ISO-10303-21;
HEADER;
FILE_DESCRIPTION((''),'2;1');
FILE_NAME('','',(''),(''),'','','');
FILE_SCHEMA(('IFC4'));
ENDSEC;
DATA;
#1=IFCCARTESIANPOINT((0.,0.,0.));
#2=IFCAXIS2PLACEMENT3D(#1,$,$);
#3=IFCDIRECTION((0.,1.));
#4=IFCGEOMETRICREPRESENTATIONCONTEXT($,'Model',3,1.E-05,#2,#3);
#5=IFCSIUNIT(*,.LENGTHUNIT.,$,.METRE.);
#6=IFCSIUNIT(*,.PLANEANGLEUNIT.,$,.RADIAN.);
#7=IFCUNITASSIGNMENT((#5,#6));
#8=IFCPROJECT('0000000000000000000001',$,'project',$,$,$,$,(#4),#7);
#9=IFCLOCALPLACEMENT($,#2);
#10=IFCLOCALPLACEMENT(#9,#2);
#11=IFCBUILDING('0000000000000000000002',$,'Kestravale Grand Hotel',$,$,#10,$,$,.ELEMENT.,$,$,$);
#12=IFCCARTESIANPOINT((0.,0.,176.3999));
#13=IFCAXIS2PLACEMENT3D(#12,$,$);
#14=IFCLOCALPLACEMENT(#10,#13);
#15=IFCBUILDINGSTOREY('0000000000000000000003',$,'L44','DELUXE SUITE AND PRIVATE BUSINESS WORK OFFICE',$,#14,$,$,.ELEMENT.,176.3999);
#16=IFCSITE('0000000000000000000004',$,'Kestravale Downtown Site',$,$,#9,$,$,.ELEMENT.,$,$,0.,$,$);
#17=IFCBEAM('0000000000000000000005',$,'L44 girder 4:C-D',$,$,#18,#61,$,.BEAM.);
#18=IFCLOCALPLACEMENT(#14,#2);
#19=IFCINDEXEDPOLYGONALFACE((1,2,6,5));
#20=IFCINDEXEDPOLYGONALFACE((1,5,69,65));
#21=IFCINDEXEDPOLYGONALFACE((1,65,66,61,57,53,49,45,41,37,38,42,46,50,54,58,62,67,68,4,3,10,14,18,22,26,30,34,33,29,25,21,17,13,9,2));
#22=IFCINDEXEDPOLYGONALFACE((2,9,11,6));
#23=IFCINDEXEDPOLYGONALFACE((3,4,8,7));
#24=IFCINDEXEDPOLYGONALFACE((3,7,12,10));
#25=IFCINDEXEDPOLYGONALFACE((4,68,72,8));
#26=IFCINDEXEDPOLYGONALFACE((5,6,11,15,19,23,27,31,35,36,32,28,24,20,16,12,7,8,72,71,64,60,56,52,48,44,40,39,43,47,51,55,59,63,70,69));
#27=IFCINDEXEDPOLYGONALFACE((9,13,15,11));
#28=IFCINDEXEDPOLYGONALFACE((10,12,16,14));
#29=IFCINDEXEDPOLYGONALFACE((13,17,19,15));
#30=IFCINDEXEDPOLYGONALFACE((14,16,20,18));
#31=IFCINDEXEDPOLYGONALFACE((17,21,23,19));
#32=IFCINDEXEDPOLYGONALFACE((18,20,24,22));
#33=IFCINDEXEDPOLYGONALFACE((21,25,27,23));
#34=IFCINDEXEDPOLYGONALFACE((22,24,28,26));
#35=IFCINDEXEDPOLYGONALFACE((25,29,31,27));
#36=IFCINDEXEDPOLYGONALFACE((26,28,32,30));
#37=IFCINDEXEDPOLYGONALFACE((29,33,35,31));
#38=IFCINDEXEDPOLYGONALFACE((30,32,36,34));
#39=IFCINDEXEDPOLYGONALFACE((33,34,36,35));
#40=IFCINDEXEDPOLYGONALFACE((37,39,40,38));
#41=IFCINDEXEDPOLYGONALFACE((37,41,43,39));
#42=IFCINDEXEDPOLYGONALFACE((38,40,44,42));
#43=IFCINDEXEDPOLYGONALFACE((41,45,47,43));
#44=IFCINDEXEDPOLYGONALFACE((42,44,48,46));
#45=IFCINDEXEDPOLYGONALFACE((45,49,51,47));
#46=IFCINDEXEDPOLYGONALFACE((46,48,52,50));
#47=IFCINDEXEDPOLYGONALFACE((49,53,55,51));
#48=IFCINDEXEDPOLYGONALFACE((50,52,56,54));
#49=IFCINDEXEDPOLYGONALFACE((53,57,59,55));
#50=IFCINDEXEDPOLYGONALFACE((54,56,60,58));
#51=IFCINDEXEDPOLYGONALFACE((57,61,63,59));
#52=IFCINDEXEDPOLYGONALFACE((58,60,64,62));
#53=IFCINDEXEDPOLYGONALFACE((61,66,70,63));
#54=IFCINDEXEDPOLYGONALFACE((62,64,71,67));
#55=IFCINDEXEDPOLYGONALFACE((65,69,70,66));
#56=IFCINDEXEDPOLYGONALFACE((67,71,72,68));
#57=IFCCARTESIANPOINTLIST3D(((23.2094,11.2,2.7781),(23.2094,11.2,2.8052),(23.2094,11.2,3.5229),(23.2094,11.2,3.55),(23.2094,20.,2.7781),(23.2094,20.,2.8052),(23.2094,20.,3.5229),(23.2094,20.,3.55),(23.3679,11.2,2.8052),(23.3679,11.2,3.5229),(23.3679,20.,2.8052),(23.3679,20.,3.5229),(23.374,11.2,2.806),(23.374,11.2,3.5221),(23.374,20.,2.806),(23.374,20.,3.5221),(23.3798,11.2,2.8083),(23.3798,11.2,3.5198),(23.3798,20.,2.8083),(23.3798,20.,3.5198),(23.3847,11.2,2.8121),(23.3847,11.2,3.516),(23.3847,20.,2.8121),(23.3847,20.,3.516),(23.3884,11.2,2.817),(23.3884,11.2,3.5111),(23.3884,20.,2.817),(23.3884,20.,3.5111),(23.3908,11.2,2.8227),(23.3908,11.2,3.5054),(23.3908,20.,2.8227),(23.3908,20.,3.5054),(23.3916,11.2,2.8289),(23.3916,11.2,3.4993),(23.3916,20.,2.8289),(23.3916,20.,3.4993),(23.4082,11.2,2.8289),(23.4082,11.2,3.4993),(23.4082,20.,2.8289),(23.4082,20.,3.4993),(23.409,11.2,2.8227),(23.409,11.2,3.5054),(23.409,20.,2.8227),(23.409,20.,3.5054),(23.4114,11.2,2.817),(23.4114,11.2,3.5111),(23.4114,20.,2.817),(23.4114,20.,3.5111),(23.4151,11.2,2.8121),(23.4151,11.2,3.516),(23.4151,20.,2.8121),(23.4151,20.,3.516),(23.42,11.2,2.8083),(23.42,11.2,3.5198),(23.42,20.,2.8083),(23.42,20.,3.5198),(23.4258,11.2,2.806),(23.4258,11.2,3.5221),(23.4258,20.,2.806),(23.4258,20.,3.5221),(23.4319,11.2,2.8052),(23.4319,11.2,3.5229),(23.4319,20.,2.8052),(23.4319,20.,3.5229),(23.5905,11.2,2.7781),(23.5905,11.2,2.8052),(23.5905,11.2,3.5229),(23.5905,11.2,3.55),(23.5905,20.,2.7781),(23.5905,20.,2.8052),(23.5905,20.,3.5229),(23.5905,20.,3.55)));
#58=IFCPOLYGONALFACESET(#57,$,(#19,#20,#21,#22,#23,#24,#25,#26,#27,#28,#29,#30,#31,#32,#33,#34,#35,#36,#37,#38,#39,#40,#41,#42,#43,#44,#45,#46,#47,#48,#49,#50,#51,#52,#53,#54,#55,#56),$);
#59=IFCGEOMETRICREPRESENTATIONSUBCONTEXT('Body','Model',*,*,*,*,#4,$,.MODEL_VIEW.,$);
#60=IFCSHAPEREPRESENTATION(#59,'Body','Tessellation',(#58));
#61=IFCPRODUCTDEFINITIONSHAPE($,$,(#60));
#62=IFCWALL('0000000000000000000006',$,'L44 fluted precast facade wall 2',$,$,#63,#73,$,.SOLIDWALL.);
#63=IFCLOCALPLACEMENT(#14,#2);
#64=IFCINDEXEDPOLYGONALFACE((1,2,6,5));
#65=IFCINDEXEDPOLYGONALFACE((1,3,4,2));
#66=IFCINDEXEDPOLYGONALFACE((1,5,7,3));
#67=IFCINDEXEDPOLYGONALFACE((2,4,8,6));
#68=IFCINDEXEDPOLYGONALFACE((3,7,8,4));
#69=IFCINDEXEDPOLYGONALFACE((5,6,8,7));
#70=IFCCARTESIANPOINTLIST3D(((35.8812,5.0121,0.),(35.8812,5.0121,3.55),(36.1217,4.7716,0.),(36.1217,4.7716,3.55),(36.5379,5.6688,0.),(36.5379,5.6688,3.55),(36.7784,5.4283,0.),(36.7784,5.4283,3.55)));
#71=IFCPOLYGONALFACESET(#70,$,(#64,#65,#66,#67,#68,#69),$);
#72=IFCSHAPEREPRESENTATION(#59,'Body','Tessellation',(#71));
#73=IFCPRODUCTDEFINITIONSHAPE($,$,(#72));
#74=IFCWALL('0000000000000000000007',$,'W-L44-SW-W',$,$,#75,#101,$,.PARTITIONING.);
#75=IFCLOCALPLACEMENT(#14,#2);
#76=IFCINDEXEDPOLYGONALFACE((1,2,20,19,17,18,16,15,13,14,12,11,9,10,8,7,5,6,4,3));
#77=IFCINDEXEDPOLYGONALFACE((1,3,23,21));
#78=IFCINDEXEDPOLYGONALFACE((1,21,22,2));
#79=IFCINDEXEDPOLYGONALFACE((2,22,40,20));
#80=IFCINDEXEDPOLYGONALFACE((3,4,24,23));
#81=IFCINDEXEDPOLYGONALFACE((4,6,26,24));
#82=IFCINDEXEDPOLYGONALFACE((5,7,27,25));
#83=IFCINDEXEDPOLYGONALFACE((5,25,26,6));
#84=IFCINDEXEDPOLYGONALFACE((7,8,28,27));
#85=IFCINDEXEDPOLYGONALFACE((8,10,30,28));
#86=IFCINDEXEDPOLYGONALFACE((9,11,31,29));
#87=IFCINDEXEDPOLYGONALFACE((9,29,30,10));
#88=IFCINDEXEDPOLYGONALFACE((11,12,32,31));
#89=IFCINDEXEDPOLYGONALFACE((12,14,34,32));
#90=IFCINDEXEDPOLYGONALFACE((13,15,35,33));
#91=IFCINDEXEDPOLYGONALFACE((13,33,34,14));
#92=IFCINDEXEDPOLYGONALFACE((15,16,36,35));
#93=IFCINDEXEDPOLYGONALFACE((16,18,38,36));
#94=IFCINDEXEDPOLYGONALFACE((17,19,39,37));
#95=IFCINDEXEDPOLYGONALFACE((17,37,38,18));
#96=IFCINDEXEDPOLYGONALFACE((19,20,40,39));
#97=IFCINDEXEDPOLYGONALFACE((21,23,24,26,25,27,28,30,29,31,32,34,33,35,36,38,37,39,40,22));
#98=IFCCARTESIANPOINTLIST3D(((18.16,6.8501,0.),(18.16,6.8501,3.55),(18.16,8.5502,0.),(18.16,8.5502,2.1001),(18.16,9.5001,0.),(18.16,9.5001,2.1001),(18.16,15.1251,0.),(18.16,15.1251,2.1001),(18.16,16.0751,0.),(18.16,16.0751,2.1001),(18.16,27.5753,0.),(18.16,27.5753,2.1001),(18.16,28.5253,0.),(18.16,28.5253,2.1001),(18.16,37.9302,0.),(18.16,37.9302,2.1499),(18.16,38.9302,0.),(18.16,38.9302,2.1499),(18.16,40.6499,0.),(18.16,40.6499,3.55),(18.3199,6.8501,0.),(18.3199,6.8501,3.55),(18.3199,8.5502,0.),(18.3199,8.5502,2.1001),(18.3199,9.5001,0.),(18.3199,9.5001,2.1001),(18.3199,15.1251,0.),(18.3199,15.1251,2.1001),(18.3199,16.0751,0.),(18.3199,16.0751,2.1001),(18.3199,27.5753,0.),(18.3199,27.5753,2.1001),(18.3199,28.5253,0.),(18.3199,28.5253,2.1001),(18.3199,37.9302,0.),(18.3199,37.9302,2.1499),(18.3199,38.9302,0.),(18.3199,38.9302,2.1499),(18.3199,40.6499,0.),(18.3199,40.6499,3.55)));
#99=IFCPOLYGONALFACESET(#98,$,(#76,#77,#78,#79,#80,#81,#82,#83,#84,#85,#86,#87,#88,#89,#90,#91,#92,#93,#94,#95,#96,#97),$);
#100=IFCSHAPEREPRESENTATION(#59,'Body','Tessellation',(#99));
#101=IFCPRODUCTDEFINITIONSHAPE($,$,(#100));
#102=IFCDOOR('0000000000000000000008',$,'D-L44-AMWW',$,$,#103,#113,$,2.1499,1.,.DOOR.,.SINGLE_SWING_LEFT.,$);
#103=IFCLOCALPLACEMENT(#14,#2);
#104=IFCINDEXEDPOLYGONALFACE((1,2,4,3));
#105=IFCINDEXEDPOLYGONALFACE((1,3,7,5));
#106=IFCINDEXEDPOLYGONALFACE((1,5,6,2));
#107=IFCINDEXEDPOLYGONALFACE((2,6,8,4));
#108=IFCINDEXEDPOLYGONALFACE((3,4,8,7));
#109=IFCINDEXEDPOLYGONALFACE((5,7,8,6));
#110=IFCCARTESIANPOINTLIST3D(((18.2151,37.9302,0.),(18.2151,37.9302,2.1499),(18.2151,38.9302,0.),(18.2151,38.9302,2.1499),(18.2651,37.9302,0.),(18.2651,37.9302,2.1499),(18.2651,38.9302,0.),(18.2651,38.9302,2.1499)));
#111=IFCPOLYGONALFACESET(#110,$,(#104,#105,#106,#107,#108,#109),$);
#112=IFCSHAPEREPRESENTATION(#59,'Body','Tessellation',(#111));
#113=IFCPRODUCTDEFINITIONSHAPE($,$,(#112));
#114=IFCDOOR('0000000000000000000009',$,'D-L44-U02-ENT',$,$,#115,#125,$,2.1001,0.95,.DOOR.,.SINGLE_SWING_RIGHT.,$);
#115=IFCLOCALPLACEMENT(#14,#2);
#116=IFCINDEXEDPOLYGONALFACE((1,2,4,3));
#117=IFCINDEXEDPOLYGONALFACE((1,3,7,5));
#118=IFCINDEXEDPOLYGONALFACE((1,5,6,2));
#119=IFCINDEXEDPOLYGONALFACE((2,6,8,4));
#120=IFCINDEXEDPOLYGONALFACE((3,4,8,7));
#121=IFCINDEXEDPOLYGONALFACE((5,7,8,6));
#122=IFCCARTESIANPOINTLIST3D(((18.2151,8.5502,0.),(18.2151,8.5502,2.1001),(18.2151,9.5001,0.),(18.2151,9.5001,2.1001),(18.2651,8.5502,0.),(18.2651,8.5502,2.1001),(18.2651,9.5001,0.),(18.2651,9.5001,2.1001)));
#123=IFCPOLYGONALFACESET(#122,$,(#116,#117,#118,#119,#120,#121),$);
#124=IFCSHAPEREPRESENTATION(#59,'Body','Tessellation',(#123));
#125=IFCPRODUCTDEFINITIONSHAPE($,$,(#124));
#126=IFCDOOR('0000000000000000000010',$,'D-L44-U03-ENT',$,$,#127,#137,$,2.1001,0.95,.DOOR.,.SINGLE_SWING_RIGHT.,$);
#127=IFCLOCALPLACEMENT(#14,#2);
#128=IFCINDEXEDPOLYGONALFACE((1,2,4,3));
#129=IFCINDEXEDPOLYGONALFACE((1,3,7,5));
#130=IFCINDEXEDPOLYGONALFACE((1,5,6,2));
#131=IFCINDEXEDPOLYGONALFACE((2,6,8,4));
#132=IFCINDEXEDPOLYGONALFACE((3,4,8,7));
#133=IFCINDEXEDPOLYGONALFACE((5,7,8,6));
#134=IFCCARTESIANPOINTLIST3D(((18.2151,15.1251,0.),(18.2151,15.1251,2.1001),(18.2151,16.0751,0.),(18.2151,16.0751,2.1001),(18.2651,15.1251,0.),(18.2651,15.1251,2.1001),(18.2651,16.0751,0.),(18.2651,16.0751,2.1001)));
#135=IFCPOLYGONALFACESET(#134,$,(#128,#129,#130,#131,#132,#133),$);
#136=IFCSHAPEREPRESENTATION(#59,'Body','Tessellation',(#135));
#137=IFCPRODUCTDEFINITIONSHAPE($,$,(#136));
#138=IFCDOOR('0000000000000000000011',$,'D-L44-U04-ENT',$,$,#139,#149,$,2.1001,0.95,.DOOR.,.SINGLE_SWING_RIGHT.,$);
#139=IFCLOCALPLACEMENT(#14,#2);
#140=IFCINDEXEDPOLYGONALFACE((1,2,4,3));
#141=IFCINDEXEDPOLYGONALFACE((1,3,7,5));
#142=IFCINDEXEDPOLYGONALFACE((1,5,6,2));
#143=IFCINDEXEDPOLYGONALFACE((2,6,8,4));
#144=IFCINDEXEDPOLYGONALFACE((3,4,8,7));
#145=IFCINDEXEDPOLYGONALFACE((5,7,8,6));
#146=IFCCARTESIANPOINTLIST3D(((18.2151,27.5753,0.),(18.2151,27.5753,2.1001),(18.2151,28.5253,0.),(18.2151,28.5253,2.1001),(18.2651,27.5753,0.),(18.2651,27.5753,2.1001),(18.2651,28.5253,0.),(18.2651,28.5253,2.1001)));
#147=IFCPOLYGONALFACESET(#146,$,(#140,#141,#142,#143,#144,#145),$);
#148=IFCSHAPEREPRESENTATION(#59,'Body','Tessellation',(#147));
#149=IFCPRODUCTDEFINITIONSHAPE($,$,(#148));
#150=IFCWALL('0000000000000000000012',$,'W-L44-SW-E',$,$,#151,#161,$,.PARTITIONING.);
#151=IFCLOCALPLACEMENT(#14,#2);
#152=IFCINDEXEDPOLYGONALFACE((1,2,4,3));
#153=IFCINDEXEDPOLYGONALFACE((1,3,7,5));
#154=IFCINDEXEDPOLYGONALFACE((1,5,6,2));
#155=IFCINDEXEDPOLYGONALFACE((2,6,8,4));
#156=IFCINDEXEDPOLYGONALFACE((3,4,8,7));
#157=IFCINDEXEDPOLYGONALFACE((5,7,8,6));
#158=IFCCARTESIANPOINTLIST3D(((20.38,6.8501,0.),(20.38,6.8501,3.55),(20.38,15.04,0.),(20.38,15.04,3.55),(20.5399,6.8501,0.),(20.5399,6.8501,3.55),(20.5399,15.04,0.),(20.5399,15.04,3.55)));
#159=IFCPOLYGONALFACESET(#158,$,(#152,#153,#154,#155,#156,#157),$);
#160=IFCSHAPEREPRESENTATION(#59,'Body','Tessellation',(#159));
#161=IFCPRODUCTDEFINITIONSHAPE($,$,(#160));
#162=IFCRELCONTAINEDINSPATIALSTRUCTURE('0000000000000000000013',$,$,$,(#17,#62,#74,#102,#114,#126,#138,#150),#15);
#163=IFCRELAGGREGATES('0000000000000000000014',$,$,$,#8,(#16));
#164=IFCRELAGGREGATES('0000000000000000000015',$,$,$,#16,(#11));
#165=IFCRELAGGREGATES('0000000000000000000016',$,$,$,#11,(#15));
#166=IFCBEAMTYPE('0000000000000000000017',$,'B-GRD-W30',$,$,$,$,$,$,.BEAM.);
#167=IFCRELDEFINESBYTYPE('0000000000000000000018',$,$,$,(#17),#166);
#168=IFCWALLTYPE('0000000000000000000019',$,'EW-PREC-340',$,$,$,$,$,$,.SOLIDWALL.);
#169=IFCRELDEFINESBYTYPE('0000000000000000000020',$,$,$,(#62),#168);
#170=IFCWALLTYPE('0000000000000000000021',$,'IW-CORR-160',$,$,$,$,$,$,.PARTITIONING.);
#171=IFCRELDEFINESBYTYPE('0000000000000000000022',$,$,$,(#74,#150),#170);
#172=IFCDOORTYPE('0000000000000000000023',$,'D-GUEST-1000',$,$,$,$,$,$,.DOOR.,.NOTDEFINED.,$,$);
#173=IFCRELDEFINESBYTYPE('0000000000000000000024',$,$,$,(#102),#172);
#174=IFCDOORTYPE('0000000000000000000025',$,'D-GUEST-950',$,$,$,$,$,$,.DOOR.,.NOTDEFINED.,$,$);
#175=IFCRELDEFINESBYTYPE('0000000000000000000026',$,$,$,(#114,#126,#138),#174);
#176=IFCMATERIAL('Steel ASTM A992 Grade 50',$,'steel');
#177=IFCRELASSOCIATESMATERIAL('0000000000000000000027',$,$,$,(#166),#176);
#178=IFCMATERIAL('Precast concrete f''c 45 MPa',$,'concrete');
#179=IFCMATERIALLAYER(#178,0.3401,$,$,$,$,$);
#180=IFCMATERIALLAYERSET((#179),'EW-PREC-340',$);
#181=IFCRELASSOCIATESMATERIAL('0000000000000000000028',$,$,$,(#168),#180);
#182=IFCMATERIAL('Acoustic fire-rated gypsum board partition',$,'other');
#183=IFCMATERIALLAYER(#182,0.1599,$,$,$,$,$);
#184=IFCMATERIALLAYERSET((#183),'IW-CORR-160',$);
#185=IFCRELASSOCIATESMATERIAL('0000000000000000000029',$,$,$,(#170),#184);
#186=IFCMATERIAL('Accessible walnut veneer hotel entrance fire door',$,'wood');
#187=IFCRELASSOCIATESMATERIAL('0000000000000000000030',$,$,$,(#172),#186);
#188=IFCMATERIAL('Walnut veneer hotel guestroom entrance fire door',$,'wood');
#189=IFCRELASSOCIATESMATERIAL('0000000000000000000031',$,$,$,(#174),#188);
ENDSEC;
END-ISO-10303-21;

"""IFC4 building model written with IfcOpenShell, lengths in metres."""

from ifc_helpers import new_model, si_unit, direction, frame, frame_2d, origin, origin_2d, place, context, subcontext, project, spatial, rectangle, i_section, extrude, material, layer, layer_set, material_profile, profile_set, type_object, element, fill, save


model = new_model("IFC4")

# Units and contexts
model_context = context("Model", 3, precision=1e-05, world=origin(), true_north=direction((0.0, 1.0)))
body_context = subcontext(model_context, "Body", "Model", "MODEL_VIEW")
ifc_project = project(units=[si_unit("LENGTHUNIT", "METRE"), si_unit("PLANEANGLEUNIT", "RADIAN")], contexts=[model_context])

# Site, building, storey
site_placement = place(None, origin())
site = spatial("IfcSite", under=ifc_project, at=site_placement, Name="Kestravale Downtown Site", CompositionType="ELEMENT", RefElevation=0.0)
building_placement = place(site_placement, origin())
building = spatial("IfcBuilding", under=site, at=building_placement, Name="Kestravale Grand Hotel", CompositionType="ELEMENT")
storey_placement = place(building_placement, frame((0.0, 0.0, 176.3999)))
storey = spatial("IfcBuildingStorey", under=building, at=storey_placement, Name="L44", Description="DELUXE SUITE AND PRIVATE BUSINESS WORK OFFICE", CompositionType="ELEMENT", Elevation=176.3999)

# Beam
ifc_material_1 = material(Name="Steel ASTM A992 Grade 50", Category="steel")
ifc_material_profile_1 = material_profile(ifc_material_1, i_section(OverallWidth=0.3811, OverallDepth=0.772, WebThickness=0.0166, FlangeThickness=0.0271, FilletRadius=0.0237, at=origin_2d()))
ifc_profile_set_1 = profile_set([ifc_material_profile_1], Name="Steel ASTM A992 Grade 50")
beam_type_1 = type_object("IfcBeamType", Name="B-GRD-W30", PredefinedType="BEAM", material=ifc_profile_set_1)
beam_1_placement = place(storey_placement, frame((23.3999, 11.2, 3.1641), z_axis=(0.0, 1.0, 0.0), x_axis=(-1.0, 0.0, 0.0)))
element("IfcBeam", 1, at=beam_1_placement, inside=storey, type_object=beam_type_1, Name="L44 girder 4:C-D", PredefinedType="BEAM", context=body_context, shape_type="SweptSolid", body=[
    extrude(i_section(OverallWidth=0.3811, OverallDepth=0.772, WebThickness=0.0166, FlangeThickness=0.0271, FilletRadius=0.0237, at=origin_2d()), origin(), (0.0, 0.0, 1.0), 8.8),
])

# Wall
ifc_material_2 = material(Name="Precast concrete f'c 45 MPa", Category="concrete")
ifc_layer_1 = layer(ifc_material_2, 0.3401)
ifc_layer_set_1 = layer_set([ifc_layer_1], Name="EW-PREC-340")
wall_type_1 = type_object("IfcWallType", Name="EW-PREC-340", PredefinedType="SOLIDWALL", material=ifc_layer_set_1)
wall_1_placement = place(storey_placement, frame((36.0015, 4.8918, 0.0), z_axis=(0.0, 0.0, 1.0), x_axis=(0.707107, 0.707107, 0.0)))
element("IfcWall", 2, at=wall_1_placement, inside=storey, type_object=wall_type_1, Name="L44 fluted precast facade wall 2", PredefinedType="SOLIDWALL", context=body_context, shape_type="SweptSolid", body=[
    extrude(rectangle(XDim=0.9287, YDim=0.3401, at=frame_2d((0.4644, 0.0))), origin(), (0.0, 0.0, 1.0), 3.55),
])

# Wall, openings, doors
ifc_material_3 = material(Name="Acoustic fire-rated gypsum board partition", Category="other")
ifc_layer_2 = layer(ifc_material_3, 0.1599)
ifc_layer_set_2 = layer_set([ifc_layer_2], Name="IW-CORR-160")
wall_type_2 = type_object("IfcWallType", Name="IW-CORR-160", PredefinedType="PARTITIONING", material=ifc_layer_set_2)
wall_2_placement = place(storey_placement, frame((18.24, 6.8501, 0.0), z_axis=(0.0, 0.0, 1.0), x_axis=(0.0, 1.0, 0.0)))
wall_2 = element("IfcWall", 3, at=wall_2_placement, inside=storey, type_object=wall_type_2, Name="W-L44-SW-W", PredefinedType="PARTITIONING", context=body_context, shape_type="SweptSolid", body=[
    extrude(rectangle(XDim=33.7998, YDim=0.1599, at=frame_2d((16.8999, 0.0))), origin(), (0.0, 0.0, 1.0), 3.55),
])
opening_1_placement = place(wall_2_placement, frame((1.7, 0.0, 0.0)))
opening_1 = element("IfcOpeningElement", 4, at=opening_1_placement, cuts=wall_2, PredefinedType="OPENING", context=body_context, shape_type="SweptSolid", body=[
    extrude(rectangle(XDim=0.95, YDim=2.1001, at=frame_2d((0.4751, 1.05))), frame((0.0, 0.0898, 0.0), z_axis=(0.0, -1.0, 0.0), x_axis=(1.0, 0.0, 0.0)), (0.0, 0.0, 1.0), 0.1799),
])
opening_2_placement = place(wall_2_placement, frame((8.2749, 0.0, 0.0)))
opening_2 = element("IfcOpeningElement", 5, at=opening_2_placement, cuts=wall_2, PredefinedType="OPENING", context=body_context, shape_type="SweptSolid", body=[
    extrude(rectangle(XDim=0.95, YDim=2.1001, at=frame_2d((0.4751, 1.05))), frame((0.0, 0.0898, 0.0), z_axis=(0.0, -1.0, 0.0), x_axis=(1.0, 0.0, 0.0)), (0.0, 0.0, 1.0), 0.1799),
])
opening_3_placement = place(wall_2_placement, frame((20.7251, 0.0, 0.0)))
opening_3 = element("IfcOpeningElement", 6, at=opening_3_placement, cuts=wall_2, PredefinedType="OPENING", context=body_context, shape_type="SweptSolid", body=[
    extrude(rectangle(XDim=0.95, YDim=2.1001, at=frame_2d((0.4751, 1.05))), frame((0.0, 0.0898, 0.0), z_axis=(0.0, -1.0, 0.0), x_axis=(1.0, 0.0, 0.0)), (0.0, 0.0, 1.0), 0.1799),
])
opening_4_placement = place(wall_2_placement, frame((31.0801, 0.0, 0.0)))
opening_4 = element("IfcOpeningElement", 7, at=opening_4_placement, cuts=wall_2, PredefinedType="OPENING", context=body_context, shape_type="SweptSolid", body=[
    extrude(rectangle(XDim=1.0, YDim=2.1499, at=frame_2d((0.5, 1.075))), frame((0.0, 0.0898, 0.0), z_axis=(0.0, -1.0, 0.0), x_axis=(1.0, 0.0, 0.0)), (0.0, 0.0, 1.0), 0.1799),
])
ifc_material_4 = material(Name="Accessible walnut veneer hotel entrance fire door", Category="wood")
door_type_1 = type_object("IfcDoorType", Name="D-GUEST-1000", OperationType="NOTDEFINED", PredefinedType="DOOR", material=ifc_material_4)
door_1_placement = place(opening_4_placement, origin())
door_1 = element("IfcDoor", 8, at=door_1_placement, inside=storey, type_object=door_type_1, Name="D-L44-AMWW", OperationType="SINGLE_SWING_LEFT", OverallHeight=2.1499, OverallWidth=1.0, PredefinedType="DOOR", context=body_context, shape_type="SweptSolid", body=[
    extrude(rectangle(XDim=1.0, YDim=2.1499, at=frame_2d((0.5, 1.075))), frame((0.0, 0.0249, 0.0), z_axis=(0.0, -1.0, 0.0), x_axis=(1.0, 0.0, 0.0)), (0.0, 0.0, 1.0), 0.05),
])
fill(opening_4, door_1)
ifc_material_5 = material(Name="Walnut veneer hotel guestroom entrance fire door", Category="wood")
door_type_2 = type_object("IfcDoorType", Name="D-GUEST-950", OperationType="NOTDEFINED", PredefinedType="DOOR", material=ifc_material_5)
door_2_placement = place(opening_1_placement, origin())
door_2 = element("IfcDoor", 9, at=door_2_placement, inside=storey, type_object=door_type_2, Name="D-L44-U02-ENT", OperationType="SINGLE_SWING_RIGHT", OverallHeight=2.1001, OverallWidth=0.95, PredefinedType="DOOR", context=body_context, shape_type="SweptSolid", body=[
    extrude(rectangle(XDim=0.95, YDim=2.1001, at=frame_2d((0.4751, 1.05))), frame((0.0, 0.0249, 0.0), z_axis=(0.0, -1.0, 0.0), x_axis=(1.0, 0.0, 0.0)), (0.0, 0.0, 1.0), 0.05),
])
fill(opening_1, door_2)
door_3_placement = place(opening_2_placement, origin())
door_3 = element("IfcDoor", 10, at=door_3_placement, inside=storey, type_object=door_type_2, Name="D-L44-U03-ENT", OperationType="SINGLE_SWING_RIGHT", OverallHeight=2.1001, OverallWidth=0.95, PredefinedType="DOOR", context=body_context, shape_type="SweptSolid", body=[
    extrude(rectangle(XDim=0.95, YDim=2.1001, at=frame_2d((0.4751, 1.05))), frame((0.0, 0.0249, 0.0), z_axis=(0.0, -1.0, 0.0), x_axis=(1.0, 0.0, 0.0)), (0.0, 0.0, 1.0), 0.05),
])
fill(opening_2, door_3)
door_4_placement = place(opening_3_placement, origin())
door_4 = element("IfcDoor", 11, at=door_4_placement, inside=storey, type_object=door_type_2, Name="D-L44-U04-ENT", OperationType="SINGLE_SWING_RIGHT", OverallHeight=2.1001, OverallWidth=0.95, PredefinedType="DOOR", context=body_context, shape_type="SweptSolid", body=[
    extrude(rectangle(XDim=0.95, YDim=2.1001, at=frame_2d((0.4751, 1.05))), frame((0.0, 0.0249, 0.0), z_axis=(0.0, -1.0, 0.0), x_axis=(1.0, 0.0, 0.0)), (0.0, 0.0, 1.0), 0.05),
])
fill(opening_3, door_4)

# Wall
wall_3_placement = place(storey_placement, frame((20.46, 6.8501, 0.0), z_axis=(0.0, 0.0, 1.0), x_axis=(0.0, 1.0, 0.0)))
element("IfcWall", 12, at=wall_3_placement, inside=storey, type_object=wall_type_2, Name="W-L44-SW-E", PredefinedType="PARTITIONING", context=body_context, shape_type="SweptSolid", body=[
    extrude(rectangle(XDim=8.1899, YDim=0.1599, at=frame_2d((4.095, 0.0))), origin(), (0.0, 0.0, 1.0), 3.55),
])

save(model, "model.ifc")
